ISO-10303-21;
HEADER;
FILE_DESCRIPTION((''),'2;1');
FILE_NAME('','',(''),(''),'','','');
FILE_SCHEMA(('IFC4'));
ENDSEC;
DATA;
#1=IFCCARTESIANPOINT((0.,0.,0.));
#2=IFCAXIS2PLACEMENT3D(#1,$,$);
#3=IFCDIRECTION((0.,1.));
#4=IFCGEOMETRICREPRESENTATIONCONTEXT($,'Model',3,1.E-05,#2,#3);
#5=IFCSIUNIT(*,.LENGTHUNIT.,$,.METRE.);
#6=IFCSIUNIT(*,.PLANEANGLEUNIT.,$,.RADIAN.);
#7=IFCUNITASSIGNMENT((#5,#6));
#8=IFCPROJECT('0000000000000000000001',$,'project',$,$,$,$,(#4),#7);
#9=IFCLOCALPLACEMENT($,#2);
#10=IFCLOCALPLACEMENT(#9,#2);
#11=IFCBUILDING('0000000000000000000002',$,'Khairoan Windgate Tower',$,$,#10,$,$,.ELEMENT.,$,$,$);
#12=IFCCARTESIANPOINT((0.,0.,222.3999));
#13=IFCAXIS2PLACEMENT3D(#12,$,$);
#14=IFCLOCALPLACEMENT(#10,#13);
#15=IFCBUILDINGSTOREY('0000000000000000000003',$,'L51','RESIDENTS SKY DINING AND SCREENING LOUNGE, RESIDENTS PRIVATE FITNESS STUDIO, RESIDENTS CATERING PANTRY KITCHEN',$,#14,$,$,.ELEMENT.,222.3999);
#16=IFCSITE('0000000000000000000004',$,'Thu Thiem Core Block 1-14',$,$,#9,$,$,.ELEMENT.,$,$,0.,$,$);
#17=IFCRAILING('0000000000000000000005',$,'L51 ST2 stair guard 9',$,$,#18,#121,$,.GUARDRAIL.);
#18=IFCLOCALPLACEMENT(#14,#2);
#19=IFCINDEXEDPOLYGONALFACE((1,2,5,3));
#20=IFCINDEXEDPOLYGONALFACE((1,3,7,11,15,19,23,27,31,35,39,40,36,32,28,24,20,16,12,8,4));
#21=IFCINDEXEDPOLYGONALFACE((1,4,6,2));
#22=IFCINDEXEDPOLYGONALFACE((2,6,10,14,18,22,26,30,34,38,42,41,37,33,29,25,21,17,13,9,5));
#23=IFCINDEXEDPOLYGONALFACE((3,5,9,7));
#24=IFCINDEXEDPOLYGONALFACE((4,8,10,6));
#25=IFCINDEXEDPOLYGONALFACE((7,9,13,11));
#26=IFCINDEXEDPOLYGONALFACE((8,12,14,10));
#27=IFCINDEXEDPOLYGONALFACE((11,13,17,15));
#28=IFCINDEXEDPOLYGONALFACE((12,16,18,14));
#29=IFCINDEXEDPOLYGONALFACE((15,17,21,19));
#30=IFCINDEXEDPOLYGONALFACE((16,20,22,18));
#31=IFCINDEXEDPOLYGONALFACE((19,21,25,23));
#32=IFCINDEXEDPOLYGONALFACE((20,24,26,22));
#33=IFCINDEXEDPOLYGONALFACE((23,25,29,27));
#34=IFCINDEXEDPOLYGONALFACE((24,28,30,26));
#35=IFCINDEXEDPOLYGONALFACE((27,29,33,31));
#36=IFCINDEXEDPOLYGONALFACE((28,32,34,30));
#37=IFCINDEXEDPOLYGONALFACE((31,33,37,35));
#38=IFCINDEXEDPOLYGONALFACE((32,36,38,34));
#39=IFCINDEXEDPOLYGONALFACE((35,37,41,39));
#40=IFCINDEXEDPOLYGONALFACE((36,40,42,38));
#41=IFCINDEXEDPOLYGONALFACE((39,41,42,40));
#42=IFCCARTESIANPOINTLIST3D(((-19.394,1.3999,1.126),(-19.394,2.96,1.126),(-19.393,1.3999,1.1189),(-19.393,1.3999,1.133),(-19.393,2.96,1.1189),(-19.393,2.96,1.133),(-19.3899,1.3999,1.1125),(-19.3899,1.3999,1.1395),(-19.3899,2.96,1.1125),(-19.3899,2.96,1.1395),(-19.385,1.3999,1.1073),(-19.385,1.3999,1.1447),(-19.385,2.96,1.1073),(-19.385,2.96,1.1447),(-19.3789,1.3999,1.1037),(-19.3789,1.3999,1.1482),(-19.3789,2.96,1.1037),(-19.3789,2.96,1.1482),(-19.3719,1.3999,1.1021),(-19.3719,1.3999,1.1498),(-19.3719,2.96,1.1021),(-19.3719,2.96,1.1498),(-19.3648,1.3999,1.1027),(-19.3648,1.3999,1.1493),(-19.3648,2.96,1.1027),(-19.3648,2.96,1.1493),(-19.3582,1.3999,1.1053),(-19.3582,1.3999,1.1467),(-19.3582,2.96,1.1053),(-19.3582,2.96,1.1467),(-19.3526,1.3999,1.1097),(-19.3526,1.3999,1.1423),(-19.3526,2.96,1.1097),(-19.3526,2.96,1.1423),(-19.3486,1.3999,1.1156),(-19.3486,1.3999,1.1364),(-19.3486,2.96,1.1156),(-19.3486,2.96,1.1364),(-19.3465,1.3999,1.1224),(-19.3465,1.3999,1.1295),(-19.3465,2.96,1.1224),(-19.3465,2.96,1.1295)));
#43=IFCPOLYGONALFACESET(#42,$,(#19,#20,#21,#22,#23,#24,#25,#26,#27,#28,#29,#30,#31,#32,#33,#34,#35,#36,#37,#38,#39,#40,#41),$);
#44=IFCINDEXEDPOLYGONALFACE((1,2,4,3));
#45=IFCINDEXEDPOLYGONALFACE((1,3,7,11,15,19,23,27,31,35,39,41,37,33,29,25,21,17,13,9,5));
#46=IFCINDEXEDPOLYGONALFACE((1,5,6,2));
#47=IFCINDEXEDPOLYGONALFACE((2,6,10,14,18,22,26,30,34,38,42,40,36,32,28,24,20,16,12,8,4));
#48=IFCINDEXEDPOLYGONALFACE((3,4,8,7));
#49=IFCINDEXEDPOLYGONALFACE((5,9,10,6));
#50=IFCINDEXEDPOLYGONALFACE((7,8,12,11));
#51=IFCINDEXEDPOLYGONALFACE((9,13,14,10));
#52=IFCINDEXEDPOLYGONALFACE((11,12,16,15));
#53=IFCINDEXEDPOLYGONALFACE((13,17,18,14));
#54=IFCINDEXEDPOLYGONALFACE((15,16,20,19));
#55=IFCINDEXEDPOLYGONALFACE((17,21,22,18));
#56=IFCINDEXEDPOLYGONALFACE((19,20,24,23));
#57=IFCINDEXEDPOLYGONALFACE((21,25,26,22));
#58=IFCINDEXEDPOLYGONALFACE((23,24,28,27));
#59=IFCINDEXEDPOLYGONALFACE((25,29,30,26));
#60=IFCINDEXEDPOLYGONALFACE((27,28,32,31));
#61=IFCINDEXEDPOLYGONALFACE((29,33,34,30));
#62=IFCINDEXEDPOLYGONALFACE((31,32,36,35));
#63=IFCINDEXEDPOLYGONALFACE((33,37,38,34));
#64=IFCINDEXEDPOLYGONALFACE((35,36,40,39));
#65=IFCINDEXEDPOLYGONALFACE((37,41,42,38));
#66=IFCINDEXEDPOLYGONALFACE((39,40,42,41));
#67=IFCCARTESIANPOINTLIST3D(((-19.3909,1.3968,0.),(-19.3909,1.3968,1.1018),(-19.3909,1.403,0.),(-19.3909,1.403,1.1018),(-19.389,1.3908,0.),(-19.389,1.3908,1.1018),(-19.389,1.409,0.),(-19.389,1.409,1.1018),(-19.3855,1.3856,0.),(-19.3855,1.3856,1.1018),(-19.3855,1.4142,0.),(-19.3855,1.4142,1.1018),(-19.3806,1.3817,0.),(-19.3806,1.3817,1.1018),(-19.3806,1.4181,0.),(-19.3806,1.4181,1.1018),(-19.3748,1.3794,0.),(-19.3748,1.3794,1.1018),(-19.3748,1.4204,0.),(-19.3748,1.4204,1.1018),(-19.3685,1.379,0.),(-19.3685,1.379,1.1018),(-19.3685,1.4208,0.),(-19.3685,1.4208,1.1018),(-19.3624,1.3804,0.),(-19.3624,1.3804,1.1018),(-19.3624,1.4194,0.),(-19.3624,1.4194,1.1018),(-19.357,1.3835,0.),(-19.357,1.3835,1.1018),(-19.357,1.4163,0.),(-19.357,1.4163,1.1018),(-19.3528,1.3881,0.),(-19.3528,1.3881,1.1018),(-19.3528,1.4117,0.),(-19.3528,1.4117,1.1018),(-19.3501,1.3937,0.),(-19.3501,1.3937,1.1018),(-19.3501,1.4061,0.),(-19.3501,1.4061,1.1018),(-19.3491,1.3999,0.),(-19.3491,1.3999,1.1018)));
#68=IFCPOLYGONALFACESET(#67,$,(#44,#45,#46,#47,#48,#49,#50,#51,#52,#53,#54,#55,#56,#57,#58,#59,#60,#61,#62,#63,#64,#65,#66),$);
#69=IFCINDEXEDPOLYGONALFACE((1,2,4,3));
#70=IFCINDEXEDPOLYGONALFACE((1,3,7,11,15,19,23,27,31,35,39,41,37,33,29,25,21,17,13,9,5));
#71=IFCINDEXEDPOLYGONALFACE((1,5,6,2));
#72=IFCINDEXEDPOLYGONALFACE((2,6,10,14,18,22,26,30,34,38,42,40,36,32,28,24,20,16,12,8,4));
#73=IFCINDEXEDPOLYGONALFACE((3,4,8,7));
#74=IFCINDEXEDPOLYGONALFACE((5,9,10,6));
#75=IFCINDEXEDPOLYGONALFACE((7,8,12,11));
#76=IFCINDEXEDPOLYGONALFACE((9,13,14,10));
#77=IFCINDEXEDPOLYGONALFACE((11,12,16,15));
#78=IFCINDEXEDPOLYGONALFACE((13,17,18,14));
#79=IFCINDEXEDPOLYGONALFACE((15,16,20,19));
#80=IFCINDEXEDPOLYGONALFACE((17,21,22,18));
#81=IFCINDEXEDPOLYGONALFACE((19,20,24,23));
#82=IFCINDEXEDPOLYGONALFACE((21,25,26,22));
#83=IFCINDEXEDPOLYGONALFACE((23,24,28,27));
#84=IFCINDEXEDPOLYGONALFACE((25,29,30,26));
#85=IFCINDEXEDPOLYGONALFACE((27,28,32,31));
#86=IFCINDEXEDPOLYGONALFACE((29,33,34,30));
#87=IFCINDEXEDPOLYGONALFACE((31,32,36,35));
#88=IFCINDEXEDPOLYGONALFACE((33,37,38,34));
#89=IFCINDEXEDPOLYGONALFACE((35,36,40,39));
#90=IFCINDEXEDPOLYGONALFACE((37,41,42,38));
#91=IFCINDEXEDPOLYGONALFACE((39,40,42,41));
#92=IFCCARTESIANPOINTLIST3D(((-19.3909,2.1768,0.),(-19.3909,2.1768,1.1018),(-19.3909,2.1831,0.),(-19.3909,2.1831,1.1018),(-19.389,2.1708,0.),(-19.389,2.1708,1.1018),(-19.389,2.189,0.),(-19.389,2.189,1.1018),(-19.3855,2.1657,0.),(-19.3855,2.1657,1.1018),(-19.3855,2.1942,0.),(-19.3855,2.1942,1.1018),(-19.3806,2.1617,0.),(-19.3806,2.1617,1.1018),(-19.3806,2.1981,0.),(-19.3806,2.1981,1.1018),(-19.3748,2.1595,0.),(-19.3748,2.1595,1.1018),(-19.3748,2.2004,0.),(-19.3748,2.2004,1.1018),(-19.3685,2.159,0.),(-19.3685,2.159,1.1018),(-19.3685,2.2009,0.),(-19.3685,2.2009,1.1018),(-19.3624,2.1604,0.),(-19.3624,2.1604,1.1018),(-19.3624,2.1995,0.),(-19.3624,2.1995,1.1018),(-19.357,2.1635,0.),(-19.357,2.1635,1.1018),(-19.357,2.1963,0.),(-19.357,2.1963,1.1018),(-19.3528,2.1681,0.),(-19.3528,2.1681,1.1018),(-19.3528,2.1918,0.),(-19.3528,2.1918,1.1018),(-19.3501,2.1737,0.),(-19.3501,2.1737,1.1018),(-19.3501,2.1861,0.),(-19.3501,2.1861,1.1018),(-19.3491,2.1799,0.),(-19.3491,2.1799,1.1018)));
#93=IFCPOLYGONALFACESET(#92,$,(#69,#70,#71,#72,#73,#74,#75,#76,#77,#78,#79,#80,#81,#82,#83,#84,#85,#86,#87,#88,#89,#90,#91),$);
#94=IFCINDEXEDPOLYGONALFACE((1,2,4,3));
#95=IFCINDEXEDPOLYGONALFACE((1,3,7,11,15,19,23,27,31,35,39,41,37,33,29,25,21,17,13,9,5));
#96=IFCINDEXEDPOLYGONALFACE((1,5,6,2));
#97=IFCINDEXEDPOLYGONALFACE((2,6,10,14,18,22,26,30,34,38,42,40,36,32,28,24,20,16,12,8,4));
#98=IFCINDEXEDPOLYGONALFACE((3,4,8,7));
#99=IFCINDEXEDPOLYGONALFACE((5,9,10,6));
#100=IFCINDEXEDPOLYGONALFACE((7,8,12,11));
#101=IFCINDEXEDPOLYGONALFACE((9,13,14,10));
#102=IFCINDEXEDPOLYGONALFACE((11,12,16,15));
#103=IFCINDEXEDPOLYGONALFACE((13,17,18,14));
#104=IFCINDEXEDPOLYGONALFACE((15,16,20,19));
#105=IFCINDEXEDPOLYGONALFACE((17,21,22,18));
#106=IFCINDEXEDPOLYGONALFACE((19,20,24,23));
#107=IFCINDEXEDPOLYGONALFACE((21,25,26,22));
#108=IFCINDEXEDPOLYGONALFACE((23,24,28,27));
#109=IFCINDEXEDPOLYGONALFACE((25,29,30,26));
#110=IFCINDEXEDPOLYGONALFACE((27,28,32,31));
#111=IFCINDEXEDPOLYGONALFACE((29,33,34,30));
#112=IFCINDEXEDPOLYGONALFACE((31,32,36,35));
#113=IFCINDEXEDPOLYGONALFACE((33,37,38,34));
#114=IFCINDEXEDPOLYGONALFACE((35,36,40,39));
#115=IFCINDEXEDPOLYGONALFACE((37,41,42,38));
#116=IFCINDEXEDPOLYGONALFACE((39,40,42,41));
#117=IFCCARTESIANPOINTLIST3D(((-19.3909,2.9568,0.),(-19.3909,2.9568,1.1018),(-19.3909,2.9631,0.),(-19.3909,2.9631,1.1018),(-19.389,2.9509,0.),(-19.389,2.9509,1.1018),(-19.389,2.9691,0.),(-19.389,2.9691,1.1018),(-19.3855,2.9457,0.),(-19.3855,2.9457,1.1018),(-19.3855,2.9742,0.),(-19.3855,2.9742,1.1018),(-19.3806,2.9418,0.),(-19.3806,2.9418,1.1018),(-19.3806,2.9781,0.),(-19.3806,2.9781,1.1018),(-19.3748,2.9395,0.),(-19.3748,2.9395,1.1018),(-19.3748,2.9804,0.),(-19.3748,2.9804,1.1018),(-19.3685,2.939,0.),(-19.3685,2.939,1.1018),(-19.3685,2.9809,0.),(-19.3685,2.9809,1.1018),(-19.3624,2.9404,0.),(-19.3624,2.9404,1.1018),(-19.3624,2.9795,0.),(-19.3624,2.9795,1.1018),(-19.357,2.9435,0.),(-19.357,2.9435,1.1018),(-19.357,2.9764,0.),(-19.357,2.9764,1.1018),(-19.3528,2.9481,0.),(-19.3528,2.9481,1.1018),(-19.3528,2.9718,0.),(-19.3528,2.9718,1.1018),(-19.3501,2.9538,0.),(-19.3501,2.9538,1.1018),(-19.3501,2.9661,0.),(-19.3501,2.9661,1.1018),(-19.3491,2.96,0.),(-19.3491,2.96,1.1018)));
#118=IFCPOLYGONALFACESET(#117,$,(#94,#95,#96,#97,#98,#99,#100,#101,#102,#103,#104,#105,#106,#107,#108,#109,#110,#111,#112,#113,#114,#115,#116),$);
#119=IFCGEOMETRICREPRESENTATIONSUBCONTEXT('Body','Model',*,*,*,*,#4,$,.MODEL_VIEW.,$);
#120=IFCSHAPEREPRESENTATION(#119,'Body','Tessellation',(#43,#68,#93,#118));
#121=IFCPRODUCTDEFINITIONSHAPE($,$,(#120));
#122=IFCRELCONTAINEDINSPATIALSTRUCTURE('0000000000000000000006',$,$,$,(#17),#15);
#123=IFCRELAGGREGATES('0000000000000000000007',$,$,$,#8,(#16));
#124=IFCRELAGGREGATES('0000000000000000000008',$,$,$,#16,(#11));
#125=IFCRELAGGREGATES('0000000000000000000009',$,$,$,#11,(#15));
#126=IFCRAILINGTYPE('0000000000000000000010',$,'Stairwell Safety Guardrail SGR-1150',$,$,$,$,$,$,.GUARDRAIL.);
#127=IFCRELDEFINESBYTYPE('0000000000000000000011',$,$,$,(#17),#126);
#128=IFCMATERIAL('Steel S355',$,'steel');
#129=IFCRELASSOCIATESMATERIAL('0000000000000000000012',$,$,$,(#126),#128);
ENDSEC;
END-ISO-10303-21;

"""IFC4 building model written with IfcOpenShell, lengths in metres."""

from ifc_helpers import new_model, si_unit, direction, frame, origin, origin_2d, place, context, subcontext, project, spatial, circle, extrude, material, type_object, element, save


model = new_model("IFC4")

# Units and contexts
model_context = context("Model", 3, precision=1e-05, world=origin(), true_north=direction((0.0, 1.0)))
body_context = subcontext(model_context, "Body", "Model", "MODEL_VIEW")
ifc_project = project(units=[si_unit("LENGTHUNIT", "METRE"), si_unit("PLANEANGLEUNIT", "RADIAN")], contexts=[model_context])

# Site, building, storey
site_placement = place(None, origin())
site = spatial("IfcSite", under=ifc_project, at=site_placement, Name="Thu Thiem Core Block 1-14", CompositionType="ELEMENT", RefElevation=0.0)
building_placement = place(site_placement, origin())
building = spatial("IfcBuilding", under=site, at=building_placement, Name="Khairoan Windgate Tower", CompositionType="ELEMENT")
storey_placement = place(building_placement, frame((0.0, 0.0, 222.3999)))
storey = spatial("IfcBuildingStorey", under=building, at=storey_placement, Name="L51", Description="RESIDENTS SKY DINING AND SCREENING LOUNGE, RESIDENTS PRIVATE FITNESS STUDIO, RESIDENTS CATERING PANTRY KITCHEN", CompositionType="ELEMENT", Elevation=222.3999)

# Railing
ifc_material_1 = material(Name="Steel S355", Category="steel")
railing_type_1 = type_object("IfcRailingType", Name="Stairwell Safety Guardrail SGR-1150", PredefinedType="GUARDRAIL", material=ifc_material_1)
for number, where, name in (
    (1, (-19.3701, 1.3999, 0.0), "L51 ST2 stair guard 9"),
):
    element("IfcRailing", number, at=place(storey_placement, frame(where)), inside=storey, type_object=railing_type_1, Name=name, PredefinedType="GUARDRAIL", context=body_context, shape_type="SweptSolid", body=[
        extrude(circle(Radius=0.0239, at=origin_2d()), frame((0.0, 0.0, 1.126), z_axis=(0.0, 1.0, 0.0), x_axis=(-1.0, 0.0, 0.0)), (0.0, 0.0, 1.0), 1.5601),
        extrude(circle(Radius=0.021, at=origin_2d()), origin(), (0.0, 0.0, 1.0), 1.1018),
        extrude(circle(Radius=0.021, at=origin_2d()), frame((0.0, 0.78, 0.0)), (0.0, 0.0, 1.0), 1.1018),
        extrude(circle(Radius=0.021, at=origin_2d()), frame((0.0, 1.5601, 0.0)), (0.0, 0.0, 1.0), 1.1018),
    ])

save(model, "model.ifc")
